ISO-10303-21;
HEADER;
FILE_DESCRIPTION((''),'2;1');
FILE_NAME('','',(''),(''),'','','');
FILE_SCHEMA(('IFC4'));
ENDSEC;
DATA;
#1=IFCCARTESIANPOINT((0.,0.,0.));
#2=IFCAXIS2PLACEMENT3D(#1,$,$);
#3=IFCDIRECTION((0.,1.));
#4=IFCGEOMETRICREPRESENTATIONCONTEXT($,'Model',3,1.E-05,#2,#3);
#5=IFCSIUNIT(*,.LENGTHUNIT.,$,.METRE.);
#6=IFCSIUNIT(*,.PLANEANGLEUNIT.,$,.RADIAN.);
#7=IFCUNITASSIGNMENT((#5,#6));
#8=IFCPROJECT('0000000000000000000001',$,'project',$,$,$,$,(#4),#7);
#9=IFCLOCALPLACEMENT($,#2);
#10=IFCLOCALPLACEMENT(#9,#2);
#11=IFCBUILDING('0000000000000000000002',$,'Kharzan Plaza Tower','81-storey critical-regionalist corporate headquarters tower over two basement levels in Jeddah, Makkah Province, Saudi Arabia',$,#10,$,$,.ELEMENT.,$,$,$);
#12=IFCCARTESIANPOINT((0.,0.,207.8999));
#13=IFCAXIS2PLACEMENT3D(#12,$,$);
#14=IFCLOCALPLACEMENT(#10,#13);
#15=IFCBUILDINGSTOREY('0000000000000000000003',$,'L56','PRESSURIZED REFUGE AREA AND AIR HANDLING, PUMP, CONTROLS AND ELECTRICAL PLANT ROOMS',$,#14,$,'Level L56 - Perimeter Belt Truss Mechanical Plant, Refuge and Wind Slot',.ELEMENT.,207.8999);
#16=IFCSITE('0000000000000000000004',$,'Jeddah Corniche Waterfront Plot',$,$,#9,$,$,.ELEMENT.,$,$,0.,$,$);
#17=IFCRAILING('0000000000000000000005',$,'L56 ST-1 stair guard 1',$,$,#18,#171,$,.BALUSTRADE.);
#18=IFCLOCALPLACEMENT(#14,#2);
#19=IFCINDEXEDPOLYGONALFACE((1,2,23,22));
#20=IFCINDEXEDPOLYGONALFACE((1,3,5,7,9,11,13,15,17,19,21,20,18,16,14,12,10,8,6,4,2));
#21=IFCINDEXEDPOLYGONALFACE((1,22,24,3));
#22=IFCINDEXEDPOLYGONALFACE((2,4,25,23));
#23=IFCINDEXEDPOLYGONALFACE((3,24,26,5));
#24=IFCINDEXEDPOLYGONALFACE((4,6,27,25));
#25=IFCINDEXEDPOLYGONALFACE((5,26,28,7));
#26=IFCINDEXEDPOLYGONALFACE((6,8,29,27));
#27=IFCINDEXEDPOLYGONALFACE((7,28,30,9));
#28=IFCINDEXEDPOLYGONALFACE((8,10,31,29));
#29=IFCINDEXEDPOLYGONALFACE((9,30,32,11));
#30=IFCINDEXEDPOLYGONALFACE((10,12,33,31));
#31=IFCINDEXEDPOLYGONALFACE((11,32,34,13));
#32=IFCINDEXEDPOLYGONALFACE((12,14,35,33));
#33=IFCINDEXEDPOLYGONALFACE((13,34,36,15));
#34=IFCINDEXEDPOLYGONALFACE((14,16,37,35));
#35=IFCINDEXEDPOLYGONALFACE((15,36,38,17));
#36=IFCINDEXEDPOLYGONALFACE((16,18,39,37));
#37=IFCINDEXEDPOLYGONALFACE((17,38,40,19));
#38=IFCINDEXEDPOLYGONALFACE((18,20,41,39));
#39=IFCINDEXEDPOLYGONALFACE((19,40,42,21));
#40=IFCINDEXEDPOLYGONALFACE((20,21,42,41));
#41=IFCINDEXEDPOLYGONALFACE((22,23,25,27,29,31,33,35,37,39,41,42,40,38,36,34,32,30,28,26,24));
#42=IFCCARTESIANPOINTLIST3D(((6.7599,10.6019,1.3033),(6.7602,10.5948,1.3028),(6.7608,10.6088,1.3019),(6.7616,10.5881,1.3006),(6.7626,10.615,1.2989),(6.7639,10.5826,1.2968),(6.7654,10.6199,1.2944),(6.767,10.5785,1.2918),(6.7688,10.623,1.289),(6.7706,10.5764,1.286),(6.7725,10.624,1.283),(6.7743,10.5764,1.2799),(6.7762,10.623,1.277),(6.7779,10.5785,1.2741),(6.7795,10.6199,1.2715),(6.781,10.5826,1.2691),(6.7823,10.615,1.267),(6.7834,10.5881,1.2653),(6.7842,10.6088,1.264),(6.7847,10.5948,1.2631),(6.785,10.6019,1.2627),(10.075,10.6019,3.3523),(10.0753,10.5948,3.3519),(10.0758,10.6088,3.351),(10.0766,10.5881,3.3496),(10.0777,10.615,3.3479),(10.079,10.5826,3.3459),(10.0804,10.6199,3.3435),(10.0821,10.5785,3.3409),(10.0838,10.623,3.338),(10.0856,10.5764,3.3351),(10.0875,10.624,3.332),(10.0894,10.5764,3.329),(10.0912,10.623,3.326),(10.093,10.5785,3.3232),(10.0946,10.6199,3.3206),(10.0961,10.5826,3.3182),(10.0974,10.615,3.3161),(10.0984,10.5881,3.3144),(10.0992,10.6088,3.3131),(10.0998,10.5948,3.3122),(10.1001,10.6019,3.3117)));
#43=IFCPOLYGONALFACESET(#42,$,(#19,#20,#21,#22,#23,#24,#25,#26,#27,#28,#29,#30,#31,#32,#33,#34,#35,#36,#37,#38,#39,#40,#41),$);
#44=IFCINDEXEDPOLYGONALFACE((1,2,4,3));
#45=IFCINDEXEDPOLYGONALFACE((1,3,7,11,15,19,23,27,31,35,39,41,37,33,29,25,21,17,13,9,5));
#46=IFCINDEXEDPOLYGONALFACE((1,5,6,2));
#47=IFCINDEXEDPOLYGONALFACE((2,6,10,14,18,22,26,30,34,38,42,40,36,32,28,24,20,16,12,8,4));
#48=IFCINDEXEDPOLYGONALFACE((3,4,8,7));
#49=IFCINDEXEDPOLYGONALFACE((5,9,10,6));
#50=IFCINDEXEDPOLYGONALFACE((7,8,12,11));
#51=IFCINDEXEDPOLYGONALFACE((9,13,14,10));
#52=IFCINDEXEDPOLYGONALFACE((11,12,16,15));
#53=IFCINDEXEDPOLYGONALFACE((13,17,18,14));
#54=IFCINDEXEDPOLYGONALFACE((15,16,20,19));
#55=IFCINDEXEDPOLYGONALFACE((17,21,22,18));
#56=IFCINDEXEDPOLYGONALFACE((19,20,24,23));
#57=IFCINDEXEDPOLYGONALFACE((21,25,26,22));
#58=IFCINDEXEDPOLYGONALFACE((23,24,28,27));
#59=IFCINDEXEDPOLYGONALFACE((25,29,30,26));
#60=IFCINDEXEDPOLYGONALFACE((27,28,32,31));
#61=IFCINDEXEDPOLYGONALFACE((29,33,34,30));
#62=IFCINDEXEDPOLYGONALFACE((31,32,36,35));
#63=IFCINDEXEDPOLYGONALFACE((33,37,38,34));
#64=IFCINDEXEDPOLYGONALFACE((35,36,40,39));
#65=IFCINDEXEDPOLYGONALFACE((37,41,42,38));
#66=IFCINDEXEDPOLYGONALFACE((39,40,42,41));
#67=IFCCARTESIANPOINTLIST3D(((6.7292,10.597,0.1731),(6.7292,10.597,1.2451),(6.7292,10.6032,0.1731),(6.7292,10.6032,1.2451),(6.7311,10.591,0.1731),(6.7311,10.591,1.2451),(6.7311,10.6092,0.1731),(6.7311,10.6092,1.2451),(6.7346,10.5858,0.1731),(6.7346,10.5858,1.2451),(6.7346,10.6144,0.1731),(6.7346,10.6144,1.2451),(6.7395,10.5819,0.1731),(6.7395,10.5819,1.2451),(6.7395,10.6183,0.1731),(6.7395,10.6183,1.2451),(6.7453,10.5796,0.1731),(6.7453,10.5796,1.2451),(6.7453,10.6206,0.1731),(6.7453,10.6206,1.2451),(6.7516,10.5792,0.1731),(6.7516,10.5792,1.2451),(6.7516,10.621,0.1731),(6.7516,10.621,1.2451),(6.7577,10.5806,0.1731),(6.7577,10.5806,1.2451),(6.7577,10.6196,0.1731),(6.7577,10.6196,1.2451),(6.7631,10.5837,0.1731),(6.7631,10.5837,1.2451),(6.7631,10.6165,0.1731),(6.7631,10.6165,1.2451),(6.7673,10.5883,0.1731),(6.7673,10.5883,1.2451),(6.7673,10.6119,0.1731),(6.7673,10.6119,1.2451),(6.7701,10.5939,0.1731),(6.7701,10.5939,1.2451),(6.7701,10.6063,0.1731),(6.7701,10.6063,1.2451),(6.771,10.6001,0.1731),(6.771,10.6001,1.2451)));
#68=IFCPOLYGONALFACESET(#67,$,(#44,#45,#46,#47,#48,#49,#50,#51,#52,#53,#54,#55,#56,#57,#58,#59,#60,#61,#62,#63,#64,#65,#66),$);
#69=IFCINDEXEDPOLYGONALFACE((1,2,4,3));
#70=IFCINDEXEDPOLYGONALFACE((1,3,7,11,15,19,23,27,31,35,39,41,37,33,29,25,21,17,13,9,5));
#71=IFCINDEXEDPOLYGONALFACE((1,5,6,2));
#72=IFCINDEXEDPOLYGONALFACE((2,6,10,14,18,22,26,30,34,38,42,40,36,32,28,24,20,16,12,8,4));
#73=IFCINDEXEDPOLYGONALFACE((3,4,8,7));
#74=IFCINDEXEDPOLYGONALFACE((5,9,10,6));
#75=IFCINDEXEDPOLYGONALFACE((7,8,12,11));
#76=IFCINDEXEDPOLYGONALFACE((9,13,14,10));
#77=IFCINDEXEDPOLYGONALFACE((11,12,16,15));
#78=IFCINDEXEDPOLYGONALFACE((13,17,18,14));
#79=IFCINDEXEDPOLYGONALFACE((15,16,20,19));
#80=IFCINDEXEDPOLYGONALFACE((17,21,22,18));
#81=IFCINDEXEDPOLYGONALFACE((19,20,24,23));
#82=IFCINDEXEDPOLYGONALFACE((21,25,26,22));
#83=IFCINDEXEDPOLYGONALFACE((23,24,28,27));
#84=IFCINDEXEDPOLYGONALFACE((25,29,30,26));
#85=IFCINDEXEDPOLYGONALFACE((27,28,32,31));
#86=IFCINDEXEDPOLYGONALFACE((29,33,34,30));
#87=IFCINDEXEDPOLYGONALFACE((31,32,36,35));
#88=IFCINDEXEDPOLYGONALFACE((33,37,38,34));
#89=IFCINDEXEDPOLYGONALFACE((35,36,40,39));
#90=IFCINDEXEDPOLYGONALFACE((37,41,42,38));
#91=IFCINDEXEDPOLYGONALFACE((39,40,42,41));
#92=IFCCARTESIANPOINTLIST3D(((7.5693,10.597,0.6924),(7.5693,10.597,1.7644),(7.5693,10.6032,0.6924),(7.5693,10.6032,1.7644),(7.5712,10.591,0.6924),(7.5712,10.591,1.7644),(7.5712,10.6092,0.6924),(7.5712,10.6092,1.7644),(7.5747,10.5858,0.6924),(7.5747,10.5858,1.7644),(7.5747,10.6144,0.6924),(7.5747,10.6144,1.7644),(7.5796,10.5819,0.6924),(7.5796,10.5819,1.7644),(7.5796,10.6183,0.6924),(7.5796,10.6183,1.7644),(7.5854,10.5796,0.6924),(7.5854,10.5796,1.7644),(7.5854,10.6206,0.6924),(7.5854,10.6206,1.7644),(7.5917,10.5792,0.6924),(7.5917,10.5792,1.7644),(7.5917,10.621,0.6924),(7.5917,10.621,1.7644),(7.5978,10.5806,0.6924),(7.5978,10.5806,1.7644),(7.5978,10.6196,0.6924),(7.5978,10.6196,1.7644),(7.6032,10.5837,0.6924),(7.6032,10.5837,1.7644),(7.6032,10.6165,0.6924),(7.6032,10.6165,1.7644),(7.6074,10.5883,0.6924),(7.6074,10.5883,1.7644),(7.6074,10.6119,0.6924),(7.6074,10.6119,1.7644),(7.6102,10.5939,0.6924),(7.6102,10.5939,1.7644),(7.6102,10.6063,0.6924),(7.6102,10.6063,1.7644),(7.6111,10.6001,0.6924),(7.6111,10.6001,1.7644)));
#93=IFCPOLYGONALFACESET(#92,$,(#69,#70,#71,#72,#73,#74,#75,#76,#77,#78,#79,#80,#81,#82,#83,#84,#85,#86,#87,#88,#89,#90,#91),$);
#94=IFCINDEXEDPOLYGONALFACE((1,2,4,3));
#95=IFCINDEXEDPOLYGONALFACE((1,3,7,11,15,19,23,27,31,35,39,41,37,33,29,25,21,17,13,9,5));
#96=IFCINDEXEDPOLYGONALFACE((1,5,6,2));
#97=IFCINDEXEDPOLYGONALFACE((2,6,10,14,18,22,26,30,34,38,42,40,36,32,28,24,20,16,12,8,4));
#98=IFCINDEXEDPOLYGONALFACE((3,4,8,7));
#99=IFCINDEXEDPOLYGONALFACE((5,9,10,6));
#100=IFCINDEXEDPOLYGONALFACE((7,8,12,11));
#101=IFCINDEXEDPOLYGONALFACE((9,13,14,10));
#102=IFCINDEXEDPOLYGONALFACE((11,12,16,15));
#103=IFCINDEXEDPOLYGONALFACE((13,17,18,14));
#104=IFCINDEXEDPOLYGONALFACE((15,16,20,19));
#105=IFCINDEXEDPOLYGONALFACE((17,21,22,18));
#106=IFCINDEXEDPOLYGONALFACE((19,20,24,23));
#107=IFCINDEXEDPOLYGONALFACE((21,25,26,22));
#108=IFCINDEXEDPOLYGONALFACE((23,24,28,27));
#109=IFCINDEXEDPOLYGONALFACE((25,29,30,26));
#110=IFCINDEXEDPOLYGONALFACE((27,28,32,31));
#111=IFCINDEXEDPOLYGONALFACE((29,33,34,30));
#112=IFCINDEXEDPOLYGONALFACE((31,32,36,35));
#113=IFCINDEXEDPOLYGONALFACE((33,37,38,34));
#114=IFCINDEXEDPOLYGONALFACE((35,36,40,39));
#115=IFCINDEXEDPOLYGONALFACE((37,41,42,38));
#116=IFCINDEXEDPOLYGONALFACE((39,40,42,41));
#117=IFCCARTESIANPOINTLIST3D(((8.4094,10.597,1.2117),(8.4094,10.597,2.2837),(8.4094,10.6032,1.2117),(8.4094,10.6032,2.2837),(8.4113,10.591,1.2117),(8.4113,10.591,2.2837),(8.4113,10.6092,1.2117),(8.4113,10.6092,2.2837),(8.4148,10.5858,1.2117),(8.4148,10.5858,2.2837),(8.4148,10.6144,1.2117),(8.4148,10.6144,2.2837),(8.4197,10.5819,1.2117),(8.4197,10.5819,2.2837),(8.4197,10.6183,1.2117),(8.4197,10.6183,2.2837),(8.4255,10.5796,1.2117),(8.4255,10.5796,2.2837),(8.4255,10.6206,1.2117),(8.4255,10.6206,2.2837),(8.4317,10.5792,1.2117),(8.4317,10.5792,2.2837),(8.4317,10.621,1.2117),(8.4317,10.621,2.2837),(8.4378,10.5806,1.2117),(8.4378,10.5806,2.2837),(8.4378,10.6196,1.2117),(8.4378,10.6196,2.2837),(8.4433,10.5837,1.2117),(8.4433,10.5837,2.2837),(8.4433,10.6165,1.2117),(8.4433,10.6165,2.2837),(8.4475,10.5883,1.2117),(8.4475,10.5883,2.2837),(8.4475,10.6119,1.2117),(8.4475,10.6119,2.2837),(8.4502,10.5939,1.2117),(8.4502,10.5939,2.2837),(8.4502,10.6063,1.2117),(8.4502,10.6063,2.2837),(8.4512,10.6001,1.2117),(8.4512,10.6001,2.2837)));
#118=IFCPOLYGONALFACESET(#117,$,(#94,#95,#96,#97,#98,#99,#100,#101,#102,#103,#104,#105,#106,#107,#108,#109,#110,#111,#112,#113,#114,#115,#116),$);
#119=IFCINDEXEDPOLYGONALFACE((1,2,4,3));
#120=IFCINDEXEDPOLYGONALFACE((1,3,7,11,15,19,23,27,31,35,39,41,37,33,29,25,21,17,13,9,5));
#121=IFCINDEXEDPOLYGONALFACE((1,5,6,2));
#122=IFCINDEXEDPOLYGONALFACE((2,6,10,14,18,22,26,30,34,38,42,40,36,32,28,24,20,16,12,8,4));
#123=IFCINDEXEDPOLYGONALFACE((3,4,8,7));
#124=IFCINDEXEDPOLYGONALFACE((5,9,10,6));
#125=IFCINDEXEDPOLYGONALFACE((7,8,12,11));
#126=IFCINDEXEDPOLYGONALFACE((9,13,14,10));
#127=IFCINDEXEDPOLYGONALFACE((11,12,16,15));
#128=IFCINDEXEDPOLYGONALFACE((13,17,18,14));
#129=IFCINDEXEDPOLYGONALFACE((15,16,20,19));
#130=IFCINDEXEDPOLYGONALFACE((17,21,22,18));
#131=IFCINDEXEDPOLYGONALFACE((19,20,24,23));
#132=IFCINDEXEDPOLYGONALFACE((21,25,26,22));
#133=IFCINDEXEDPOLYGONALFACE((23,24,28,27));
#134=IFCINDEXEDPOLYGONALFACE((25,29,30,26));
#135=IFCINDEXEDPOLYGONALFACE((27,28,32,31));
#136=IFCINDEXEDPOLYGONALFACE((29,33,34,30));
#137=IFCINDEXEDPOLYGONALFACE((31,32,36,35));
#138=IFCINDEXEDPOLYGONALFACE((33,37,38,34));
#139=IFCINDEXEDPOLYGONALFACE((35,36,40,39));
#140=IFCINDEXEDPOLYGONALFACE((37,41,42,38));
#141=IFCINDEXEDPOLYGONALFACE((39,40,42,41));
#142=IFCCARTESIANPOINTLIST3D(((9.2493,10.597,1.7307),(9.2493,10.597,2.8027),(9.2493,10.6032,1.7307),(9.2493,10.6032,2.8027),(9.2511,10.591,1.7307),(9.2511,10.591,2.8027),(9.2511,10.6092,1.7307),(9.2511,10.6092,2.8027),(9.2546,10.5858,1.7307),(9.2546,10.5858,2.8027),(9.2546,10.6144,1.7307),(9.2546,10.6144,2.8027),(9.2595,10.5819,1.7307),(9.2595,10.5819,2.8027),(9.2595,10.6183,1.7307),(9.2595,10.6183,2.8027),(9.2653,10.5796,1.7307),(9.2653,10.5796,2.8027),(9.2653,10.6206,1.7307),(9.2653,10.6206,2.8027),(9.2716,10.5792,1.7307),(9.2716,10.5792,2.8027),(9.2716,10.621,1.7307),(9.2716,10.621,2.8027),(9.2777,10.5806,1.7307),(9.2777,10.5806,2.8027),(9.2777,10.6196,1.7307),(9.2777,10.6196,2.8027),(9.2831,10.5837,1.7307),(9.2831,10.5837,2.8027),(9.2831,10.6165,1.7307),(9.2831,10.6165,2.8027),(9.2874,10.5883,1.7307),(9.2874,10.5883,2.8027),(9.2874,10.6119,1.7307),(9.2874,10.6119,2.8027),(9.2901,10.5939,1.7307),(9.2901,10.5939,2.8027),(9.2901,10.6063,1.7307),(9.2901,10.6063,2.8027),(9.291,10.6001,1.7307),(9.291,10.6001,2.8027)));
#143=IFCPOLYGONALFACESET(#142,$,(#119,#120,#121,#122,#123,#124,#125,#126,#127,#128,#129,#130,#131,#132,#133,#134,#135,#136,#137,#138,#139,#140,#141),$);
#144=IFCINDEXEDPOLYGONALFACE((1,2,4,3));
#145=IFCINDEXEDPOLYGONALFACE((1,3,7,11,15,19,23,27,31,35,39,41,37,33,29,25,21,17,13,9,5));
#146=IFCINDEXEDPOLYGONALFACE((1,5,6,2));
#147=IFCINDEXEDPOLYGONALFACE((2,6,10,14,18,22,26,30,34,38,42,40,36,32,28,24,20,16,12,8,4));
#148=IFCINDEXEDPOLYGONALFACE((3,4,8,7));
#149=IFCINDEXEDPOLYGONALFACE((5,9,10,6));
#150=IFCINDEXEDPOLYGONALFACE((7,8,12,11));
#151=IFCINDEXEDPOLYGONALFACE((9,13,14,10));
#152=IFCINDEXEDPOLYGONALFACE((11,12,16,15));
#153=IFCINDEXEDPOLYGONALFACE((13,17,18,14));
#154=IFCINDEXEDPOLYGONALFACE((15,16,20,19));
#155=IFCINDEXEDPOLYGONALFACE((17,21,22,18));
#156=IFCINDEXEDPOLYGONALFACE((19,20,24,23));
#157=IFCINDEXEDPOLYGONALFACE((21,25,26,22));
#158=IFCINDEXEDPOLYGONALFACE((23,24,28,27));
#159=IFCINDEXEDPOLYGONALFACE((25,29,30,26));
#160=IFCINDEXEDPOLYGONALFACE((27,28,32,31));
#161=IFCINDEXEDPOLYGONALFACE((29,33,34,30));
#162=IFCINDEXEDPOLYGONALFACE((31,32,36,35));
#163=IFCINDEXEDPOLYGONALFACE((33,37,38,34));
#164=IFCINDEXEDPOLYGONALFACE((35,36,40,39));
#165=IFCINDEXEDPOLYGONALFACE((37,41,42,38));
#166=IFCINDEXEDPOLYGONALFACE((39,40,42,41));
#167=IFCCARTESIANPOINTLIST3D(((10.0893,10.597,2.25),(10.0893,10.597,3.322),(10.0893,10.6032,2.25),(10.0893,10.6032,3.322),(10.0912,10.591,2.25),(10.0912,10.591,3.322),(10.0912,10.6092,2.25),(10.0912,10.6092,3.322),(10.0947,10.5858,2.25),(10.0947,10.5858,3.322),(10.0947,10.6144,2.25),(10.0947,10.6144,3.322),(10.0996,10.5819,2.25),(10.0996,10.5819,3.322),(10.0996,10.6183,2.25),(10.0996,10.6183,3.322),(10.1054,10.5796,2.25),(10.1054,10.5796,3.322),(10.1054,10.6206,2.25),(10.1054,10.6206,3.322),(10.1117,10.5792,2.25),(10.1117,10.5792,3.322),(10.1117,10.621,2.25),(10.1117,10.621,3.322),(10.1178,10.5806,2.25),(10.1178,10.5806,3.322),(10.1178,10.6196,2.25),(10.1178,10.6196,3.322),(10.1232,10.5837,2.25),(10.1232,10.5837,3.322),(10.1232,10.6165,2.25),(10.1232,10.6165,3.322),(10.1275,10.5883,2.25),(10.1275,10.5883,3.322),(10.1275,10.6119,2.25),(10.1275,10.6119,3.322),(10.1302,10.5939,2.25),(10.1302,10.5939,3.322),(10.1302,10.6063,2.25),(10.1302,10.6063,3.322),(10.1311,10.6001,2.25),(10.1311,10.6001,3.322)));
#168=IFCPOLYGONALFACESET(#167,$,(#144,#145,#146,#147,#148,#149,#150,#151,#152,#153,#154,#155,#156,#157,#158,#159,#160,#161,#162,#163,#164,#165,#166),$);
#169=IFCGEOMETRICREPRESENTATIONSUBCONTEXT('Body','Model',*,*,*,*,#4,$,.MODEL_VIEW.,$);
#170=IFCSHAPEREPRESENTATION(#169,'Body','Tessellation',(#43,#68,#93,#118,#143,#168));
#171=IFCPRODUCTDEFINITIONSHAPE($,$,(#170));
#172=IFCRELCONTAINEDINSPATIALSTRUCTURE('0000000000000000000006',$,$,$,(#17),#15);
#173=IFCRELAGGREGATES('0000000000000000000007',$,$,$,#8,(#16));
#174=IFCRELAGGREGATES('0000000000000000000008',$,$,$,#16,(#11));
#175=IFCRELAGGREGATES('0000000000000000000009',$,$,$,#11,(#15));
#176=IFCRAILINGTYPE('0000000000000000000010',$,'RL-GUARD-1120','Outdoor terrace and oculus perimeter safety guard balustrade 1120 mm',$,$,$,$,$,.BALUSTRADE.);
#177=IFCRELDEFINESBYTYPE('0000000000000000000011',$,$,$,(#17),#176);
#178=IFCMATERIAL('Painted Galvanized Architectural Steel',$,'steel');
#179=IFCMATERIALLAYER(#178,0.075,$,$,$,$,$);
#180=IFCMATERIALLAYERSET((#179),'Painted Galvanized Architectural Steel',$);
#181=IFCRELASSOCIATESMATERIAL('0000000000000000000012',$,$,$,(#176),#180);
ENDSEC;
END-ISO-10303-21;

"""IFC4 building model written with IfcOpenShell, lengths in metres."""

from ifc_helpers import new_model, si_unit, direction, frame, origin, origin_2d, place, context, subcontext, project, spatial, circle, extrude, source, transform, mapped, material, layer, layer_set, type_object, element, save


model = new_model("IFC4")

# Units and contexts
model_context = context("Model", 3, precision=1e-05, world=origin(), true_north=direction((0.0, 1.0)))
body_context = subcontext(model_context, "Body", "Model", "MODEL_VIEW")
ifc_project = project(units=[si_unit("LENGTHUNIT", "METRE"), si_unit("PLANEANGLEUNIT", "RADIAN")], contexts=[model_context])

# Site, building, storey
site_placement = place(None, origin())
site = spatial("IfcSite", under=ifc_project, at=site_placement, Name="Jeddah Corniche Waterfront Plot", CompositionType="ELEMENT", RefElevation=0.0)
building_placement = place(site_placement, origin())
building = spatial("IfcBuilding", under=site, at=building_placement, Name="Kharzan Plaza Tower", Description="81-storey critical-regionalist corporate headquarters tower over two basement levels in Jeddah, Makkah Province, Saudi Arabia", CompositionType="ELEMENT")
storey_placement = place(building_placement, frame((0.0, 0.0, 207.8999)))
storey = spatial("IfcBuildingStorey", under=building, at=storey_placement, Name="L56", Description="PRESSURIZED REFUGE AREA AND AIR HANDLING, PUMP, CONTROLS AND ELECTRICAL PLANT ROOMS", LongName="Level L56 - Perimeter Belt Truss Mechanical Plant, Refuge and Wind Slot", CompositionType="ELEMENT", Elevation=207.8999)

# Railing
ifc_material_1 = material(Name="Painted Galvanized Architectural Steel", Category="steel")
ifc_layer_1 = layer(ifc_material_1, 0.075)
ifc_layer_set_1 = layer_set([ifc_layer_1], Name="Painted Galvanized Architectural Steel")
railing_type_1 = type_object("IfcRailingType", Name="RL-GUARD-1120", Description="Outdoor terrace and oculus perimeter safety guard balustrade 1120 mm", PredefinedType="BALUSTRADE", material=ifc_layer_set_1)
shared_shape_1 = source(origin(), body_context, "Body", "SweptSolid", [
    extrude(circle(Radius=0.0239, at=origin_2d()), frame((0.0225, 0.0, 1.1099), z_axis=(0.850623, 0.0, 0.525776), x_axis=(0.0, 1.0, 0.0)), (0.0, 0.0, 1.0), 3.8972),
    extrude(circle(Radius=0.021, at=origin_2d()), origin(), (0.0, 0.0, 1.0), 1.072),
    extrude(circle(Radius=0.021, at=origin_2d()), frame((0.8401, 0.0, 0.5193)), (0.0, 0.0, 1.0), 1.072),
    extrude(circle(Radius=0.021, at=origin_2d()), frame((1.6802, 0.0, 1.0386)), (0.0, 0.0, 1.0), 1.072),
    extrude(circle(Radius=0.021, at=origin_2d()), frame((2.52, 0.0, 1.5576)), (0.0, 0.0, 1.0), 1.072),
    extrude(circle(Radius=0.021, at=origin_2d()), frame((3.3601, 0.0, 2.0769)), (0.0, 0.0, 1.0), 1.072),
])
railing_1_placement = place(storey_placement, frame((6.75, 10.6001, 0.1731)))
element("IfcRailing", 1, at=railing_1_placement, inside=storey, type_object=railing_type_1, Name="L56 ST-1 stair guard 1", PredefinedType="BALUSTRADE", context=body_context, shape_type="MappedRepresentation", body=[
    mapped(shared_shape_1, transform((0.0, 0.0, 0.0), x_axis=(1.0, 0.0, 0.0), y_axis=(0.0, 1.0, 0.0), z_axis=(0.0, 0.0, 1.0))),
])

save(model, "model.ifc")
